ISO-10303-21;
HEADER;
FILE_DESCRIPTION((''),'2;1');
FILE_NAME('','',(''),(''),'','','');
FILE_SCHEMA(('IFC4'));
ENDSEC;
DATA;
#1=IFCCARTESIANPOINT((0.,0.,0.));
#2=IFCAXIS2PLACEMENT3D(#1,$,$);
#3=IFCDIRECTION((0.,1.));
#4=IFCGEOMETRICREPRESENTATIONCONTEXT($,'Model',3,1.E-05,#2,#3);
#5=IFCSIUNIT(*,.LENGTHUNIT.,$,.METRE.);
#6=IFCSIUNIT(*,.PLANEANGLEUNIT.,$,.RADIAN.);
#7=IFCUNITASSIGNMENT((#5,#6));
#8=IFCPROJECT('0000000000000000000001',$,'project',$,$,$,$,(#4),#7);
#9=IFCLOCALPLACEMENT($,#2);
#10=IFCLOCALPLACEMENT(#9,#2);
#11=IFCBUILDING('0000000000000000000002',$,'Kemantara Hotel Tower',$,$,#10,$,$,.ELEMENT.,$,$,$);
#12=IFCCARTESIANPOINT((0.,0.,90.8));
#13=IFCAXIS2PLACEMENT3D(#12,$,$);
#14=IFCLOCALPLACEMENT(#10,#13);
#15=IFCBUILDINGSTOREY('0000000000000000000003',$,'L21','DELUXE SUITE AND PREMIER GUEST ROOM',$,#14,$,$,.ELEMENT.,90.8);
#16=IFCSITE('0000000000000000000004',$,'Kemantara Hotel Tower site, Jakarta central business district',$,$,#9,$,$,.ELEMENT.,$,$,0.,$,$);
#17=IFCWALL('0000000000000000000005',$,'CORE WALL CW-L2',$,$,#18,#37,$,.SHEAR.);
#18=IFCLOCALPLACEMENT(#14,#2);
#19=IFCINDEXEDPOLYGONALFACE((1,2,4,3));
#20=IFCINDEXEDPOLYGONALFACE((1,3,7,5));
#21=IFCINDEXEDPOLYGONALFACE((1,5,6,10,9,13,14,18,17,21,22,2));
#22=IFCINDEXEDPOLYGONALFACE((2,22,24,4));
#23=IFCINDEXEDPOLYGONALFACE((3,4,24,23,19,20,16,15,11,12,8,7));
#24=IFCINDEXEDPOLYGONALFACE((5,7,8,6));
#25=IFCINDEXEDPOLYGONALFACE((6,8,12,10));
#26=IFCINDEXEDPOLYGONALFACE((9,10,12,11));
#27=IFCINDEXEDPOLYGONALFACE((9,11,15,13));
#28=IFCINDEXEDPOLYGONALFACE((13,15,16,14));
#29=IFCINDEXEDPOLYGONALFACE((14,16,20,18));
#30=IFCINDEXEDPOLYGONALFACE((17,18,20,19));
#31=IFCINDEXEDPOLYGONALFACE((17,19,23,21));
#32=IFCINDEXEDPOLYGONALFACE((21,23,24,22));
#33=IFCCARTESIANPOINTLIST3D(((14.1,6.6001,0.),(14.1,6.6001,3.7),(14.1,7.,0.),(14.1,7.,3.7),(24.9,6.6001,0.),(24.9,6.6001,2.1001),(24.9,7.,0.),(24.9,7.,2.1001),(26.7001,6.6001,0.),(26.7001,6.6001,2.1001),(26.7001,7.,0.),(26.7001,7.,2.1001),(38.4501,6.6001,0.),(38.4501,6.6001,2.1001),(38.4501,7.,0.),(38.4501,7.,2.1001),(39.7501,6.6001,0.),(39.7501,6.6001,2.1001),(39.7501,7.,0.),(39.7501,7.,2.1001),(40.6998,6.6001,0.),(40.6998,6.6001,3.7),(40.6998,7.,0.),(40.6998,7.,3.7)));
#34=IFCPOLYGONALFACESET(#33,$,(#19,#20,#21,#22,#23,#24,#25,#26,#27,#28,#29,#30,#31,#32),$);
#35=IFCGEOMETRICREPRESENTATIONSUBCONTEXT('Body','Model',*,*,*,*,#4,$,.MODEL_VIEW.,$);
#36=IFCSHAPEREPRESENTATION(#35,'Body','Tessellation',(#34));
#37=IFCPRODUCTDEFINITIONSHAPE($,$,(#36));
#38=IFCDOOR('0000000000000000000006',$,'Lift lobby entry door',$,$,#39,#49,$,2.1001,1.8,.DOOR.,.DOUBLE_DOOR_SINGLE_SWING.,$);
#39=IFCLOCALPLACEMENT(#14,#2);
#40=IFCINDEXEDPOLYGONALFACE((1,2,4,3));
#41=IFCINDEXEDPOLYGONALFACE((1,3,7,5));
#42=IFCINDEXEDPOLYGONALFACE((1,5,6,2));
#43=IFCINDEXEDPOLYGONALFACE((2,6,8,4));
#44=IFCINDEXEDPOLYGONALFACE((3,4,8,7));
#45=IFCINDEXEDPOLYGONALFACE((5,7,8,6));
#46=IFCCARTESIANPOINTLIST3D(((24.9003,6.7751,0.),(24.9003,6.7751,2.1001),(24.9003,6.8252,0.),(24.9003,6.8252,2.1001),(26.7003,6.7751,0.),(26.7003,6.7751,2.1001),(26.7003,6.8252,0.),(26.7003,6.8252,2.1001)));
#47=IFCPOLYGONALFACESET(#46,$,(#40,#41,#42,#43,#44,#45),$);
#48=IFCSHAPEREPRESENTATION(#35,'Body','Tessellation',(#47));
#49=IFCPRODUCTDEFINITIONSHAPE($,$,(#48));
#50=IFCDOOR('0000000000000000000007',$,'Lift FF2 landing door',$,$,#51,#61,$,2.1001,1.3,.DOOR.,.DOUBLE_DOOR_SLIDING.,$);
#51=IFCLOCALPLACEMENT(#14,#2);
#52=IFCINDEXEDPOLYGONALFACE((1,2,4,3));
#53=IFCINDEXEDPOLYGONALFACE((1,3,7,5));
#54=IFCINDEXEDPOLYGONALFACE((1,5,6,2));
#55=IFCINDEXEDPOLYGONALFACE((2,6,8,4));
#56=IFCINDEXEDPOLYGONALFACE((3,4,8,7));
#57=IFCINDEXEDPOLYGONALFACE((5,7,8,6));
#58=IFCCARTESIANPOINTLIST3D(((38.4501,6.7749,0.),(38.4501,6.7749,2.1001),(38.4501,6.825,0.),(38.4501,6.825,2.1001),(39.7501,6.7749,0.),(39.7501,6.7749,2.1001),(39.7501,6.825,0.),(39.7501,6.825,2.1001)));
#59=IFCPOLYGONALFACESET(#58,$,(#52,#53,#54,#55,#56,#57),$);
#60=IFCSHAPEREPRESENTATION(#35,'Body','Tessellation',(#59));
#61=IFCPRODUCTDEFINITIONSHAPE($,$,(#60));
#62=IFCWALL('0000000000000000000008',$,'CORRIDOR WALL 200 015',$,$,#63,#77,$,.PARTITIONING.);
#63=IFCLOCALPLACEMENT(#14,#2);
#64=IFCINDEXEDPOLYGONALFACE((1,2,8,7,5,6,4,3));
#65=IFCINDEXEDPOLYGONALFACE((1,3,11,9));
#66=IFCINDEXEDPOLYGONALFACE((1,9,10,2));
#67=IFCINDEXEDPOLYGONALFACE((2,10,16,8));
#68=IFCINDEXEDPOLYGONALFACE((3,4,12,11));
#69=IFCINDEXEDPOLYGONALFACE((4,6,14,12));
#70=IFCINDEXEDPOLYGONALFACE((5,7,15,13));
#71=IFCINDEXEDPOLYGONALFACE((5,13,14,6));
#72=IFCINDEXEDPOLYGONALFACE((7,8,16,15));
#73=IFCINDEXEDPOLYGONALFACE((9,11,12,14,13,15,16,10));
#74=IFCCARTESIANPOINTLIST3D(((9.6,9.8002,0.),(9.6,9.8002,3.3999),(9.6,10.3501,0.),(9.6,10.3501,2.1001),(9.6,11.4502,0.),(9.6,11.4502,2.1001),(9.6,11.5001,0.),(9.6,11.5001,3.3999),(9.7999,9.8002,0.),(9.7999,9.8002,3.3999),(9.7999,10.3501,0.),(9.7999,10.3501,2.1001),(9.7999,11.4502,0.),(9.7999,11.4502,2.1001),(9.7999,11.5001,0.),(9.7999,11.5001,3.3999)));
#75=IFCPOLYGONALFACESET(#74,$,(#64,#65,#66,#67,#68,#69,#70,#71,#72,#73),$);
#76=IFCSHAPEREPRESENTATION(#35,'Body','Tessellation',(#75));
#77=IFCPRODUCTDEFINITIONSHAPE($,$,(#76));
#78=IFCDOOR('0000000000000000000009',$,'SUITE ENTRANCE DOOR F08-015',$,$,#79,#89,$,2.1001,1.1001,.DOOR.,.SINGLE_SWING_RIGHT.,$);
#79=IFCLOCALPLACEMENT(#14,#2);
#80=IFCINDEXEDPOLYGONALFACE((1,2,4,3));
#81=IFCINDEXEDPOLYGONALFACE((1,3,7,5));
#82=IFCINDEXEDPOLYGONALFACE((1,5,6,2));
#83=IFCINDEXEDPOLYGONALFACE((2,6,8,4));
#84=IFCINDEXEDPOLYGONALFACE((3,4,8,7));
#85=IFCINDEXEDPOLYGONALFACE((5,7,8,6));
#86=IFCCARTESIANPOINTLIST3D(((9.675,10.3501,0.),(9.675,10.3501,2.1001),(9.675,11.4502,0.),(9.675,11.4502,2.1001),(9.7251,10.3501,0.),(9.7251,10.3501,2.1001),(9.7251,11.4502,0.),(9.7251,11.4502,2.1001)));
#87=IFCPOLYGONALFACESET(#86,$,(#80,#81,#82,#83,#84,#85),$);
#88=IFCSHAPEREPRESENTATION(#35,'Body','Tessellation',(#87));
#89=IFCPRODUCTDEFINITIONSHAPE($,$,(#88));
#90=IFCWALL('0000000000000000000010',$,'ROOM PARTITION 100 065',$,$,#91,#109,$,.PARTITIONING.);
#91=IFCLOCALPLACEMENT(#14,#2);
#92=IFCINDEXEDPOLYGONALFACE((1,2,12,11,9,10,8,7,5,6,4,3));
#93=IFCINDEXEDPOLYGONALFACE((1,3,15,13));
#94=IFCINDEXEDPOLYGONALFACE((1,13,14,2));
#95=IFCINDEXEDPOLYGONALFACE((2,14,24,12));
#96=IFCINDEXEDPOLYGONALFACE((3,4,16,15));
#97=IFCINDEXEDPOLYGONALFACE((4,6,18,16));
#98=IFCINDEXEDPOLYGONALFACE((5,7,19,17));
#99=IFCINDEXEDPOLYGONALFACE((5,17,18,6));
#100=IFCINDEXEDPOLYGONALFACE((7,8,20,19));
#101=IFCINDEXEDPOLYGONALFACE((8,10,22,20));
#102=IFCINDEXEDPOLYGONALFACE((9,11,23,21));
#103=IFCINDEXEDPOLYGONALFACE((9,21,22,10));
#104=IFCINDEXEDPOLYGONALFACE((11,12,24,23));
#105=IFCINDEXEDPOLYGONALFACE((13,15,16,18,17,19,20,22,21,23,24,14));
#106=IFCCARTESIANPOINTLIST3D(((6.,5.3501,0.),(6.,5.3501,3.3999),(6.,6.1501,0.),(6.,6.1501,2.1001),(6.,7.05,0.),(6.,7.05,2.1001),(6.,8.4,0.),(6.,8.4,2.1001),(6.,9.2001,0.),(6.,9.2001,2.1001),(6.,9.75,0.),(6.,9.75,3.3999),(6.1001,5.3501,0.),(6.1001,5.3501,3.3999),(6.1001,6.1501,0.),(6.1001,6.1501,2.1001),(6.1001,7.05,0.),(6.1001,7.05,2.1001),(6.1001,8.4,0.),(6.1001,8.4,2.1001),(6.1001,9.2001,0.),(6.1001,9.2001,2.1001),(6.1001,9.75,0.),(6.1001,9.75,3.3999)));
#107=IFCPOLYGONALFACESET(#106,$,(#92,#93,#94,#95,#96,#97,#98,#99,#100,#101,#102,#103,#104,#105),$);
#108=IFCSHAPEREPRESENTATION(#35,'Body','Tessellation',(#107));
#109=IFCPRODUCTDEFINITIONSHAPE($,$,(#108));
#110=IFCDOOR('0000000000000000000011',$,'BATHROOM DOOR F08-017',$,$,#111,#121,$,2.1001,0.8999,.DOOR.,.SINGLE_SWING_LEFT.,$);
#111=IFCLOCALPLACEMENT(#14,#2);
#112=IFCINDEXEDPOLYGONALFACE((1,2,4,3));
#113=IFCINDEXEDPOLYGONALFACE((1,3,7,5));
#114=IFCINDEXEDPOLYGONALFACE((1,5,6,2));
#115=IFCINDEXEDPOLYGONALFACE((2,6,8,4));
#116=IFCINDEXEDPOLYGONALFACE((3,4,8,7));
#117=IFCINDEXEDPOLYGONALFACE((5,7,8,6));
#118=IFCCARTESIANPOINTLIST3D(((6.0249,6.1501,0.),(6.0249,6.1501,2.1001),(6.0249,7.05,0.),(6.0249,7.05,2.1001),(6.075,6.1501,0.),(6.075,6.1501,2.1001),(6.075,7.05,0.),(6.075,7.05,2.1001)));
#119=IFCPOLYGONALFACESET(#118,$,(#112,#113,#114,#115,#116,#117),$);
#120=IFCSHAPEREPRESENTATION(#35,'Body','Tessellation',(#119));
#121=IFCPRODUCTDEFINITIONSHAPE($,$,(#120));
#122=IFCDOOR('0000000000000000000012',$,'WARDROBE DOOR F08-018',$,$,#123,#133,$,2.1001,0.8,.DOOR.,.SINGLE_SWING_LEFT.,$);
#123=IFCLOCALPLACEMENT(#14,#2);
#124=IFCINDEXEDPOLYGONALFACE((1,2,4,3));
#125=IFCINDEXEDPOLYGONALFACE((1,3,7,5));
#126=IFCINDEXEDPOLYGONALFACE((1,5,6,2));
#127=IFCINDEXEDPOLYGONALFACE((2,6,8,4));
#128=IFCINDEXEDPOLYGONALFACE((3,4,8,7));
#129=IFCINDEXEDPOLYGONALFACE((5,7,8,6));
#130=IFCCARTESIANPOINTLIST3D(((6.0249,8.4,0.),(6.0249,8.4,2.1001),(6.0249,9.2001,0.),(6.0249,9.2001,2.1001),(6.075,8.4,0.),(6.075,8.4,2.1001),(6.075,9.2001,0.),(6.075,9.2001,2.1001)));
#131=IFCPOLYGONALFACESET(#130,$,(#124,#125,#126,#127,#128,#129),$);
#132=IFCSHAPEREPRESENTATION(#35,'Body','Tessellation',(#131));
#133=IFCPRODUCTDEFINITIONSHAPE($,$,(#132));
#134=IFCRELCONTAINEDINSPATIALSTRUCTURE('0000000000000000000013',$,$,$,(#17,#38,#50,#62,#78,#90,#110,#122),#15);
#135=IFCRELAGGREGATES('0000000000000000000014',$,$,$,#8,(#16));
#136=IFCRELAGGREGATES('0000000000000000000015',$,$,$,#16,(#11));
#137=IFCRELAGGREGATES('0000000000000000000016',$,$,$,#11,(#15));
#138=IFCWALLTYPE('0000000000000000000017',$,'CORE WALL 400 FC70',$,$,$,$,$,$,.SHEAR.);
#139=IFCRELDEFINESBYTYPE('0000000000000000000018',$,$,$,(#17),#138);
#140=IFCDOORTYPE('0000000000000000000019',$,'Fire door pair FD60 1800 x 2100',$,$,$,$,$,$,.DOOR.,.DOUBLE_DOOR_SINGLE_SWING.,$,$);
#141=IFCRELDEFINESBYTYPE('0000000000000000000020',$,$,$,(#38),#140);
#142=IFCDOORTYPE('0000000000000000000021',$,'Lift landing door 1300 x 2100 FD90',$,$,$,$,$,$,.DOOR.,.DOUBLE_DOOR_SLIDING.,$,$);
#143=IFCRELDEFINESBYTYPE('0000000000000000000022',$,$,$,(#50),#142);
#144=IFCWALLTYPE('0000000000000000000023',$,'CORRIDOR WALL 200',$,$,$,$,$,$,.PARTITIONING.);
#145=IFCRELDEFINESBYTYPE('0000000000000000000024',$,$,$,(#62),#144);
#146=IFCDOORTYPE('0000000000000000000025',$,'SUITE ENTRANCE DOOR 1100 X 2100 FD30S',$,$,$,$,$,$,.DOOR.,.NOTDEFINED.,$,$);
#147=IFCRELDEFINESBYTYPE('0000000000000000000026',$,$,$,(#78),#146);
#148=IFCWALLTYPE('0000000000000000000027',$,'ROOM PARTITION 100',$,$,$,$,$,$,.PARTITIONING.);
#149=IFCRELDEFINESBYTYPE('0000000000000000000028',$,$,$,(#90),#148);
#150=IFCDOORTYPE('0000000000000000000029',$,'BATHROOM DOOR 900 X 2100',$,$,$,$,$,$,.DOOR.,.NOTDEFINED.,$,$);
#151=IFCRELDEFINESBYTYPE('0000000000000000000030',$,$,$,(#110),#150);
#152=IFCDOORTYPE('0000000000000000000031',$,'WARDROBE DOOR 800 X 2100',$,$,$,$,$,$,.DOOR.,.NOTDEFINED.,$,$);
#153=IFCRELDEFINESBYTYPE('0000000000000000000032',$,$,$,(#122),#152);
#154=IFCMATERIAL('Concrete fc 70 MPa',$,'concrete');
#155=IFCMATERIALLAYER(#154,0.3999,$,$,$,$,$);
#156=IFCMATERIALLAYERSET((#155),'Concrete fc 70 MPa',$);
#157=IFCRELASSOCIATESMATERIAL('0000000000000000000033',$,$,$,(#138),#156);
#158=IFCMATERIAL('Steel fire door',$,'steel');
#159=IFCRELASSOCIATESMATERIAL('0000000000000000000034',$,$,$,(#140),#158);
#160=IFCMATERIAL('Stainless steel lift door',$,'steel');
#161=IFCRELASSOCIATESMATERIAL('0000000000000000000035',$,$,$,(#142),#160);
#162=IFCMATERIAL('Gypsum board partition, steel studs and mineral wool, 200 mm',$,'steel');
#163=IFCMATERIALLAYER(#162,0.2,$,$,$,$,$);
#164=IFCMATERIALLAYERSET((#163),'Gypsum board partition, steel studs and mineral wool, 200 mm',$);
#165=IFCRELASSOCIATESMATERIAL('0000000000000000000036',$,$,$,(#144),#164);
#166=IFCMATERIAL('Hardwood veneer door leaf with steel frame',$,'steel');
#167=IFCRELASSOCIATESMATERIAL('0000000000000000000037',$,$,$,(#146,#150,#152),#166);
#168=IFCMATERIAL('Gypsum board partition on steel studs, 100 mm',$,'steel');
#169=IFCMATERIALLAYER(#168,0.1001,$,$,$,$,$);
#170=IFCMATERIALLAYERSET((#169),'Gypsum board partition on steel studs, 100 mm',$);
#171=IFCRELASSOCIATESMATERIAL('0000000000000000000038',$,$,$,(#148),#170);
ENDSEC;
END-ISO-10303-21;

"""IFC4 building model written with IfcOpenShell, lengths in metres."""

from ifc_helpers import new_model, si_unit, direction, frame, frame_2d, origin, place, context, subcontext, project, spatial, rectangle, extrude, material, layer, layer_set, type_object, element, fill, save


model = new_model("IFC4")

# Units and contexts
model_context = context("Model", 3, precision=1e-05, world=origin(), true_north=direction((0.0, 1.0)))
body_context = subcontext(model_context, "Body", "Model", "MODEL_VIEW")
ifc_project = project(units=[si_unit("LENGTHUNIT", "METRE"), si_unit("PLANEANGLEUNIT", "RADIAN")], contexts=[model_context])

# Site, building, storey
site_placement = place(None, origin())
site = spatial("IfcSite", under=ifc_project, at=site_placement, Name="Kemantara Hotel Tower site, Jakarta central business district", CompositionType="ELEMENT", RefElevation=0.0)
building_placement = place(site_placement, origin())
building = spatial("IfcBuilding", under=site, at=building_placement, Name="Kemantara Hotel Tower", CompositionType="ELEMENT")
storey_placement = place(building_placement, frame((0.0, 0.0, 90.8)))
storey = spatial("IfcBuildingStorey", under=building, at=storey_placement, Name="L21", Description="DELUXE SUITE AND PREMIER GUEST ROOM", CompositionType="ELEMENT", Elevation=90.8)

# Shared definitions
ifc_material_1 = material(Name="Concrete fc 70 MPa", Category="concrete")

# Shared definitions
ifc_layer_1 = layer(ifc_material_1, 0.3999)
ifc_layer_set_1 = layer_set([ifc_layer_1], Name="Concrete fc 70 MPa")
wall_type_1 = type_object("IfcWallType", Name="CORE WALL 400 FC70", PredefinedType="SHEAR", material=ifc_layer_set_1)
ifc_material_2 = material(Name="Steel fire door", Category="steel")

# Wall, openings, doors
wall_1_placement = place(storey_placement, frame((14.1001, 6.8, 0.0), z_axis=(0.0, 0.0, 1.0), x_axis=(1.0, 0.0, 0.0)))
wall_1 = element("IfcWall", 1, at=wall_1_placement, inside=storey, type_object=wall_type_1, Name="CORE WALL CW-L2", PredefinedType="SHEAR", context=body_context, shape_type="SweptSolid", body=[
    extrude(rectangle(XDim=26.5999, YDim=0.3999, at=frame_2d((13.2998, 0.0))), origin(), (0.0, 0.0, 1.0), 3.7),
])
opening_1_placement = place(wall_1_placement, frame((10.8, 0.0, 0.0)))
opening_1 = element("IfcOpeningElement", 2, at=opening_1_placement, cuts=wall_1, PredefinedType="OPENING", context=body_context, shape_type="SweptSolid", body=[
    extrude(rectangle(XDim=1.8, YDim=2.1001, at=frame_2d((0.8999, 1.05))), frame((0.0, 0.21, 0.0), z_axis=(0.0, -1.0, 0.0), x_axis=(1.0, 0.0, 0.0)), (0.0, 0.0, 1.0), 0.4199),
])
opening_2_placement = place(wall_1_placement, frame((24.3501, 0.0, 0.0)))
opening_2 = element("IfcOpeningElement", 3, at=opening_2_placement, cuts=wall_1, PredefinedType="OPENING", context=body_context, shape_type="SweptSolid", body=[
    extrude(rectangle(XDim=1.3, YDim=2.1001, at=frame_2d((0.6499, 1.05))), frame((0.0, 0.21, 0.0), z_axis=(0.0, -1.0, 0.0), x_axis=(1.0, 0.0, 0.0)), (0.0, 0.0, 1.0), 0.4199),
])
door_type_1 = type_object("IfcDoorType", Name="Fire door pair FD60 1800 x 2100", OperationType="DOUBLE_DOOR_SINGLE_SWING", PredefinedType="DOOR", material=ifc_material_2)
door_1_placement = place(opening_1_placement, frame((1.8, 0.0, 0.0), z_axis=(0.0, 0.0, 1.0), x_axis=(-1.0, 0.0, 0.0)))
door_1 = element("IfcDoor", 4, at=door_1_placement, inside=storey, type_object=door_type_1, Name="Lift lobby entry door", OperationType="DOUBLE_DOOR_SINGLE_SWING", OverallHeight=2.1001, OverallWidth=1.8, PredefinedType="DOOR", context=body_context, shape_type="SweptSolid", body=[
    extrude(rectangle(XDim=1.8, YDim=2.1001, at=frame_2d((0.8999, 1.05))), frame((0.0, 0.0249, 0.0), z_axis=(0.0, -1.0, 0.0), x_axis=(1.0, 0.0, 0.0)), (0.0, 0.0, 1.0), 0.05),
])
fill(opening_1, door_1)
ifc_material_3 = material(Name="Stainless steel lift door", Category="steel")
door_type_2 = type_object("IfcDoorType", Name="Lift landing door 1300 x 2100 FD90", OperationType="DOUBLE_DOOR_SLIDING", PredefinedType="DOOR", material=ifc_material_3)
door_2_placement = place(opening_2_placement, origin())
door_2 = element("IfcDoor", 5, at=door_2_placement, inside=storey, type_object=door_type_2, Name="Lift FF2 landing door", OperationType="DOUBLE_DOOR_SLIDING", OverallHeight=2.1001, OverallWidth=1.3, PredefinedType="DOOR", context=body_context, shape_type="SweptSolid", body=[
    extrude(rectangle(XDim=1.3, YDim=2.1001, at=frame_2d((0.6499, 1.05))), frame((0.0, 0.0249, 0.0), z_axis=(0.0, -1.0, 0.0), x_axis=(1.0, 0.0, 0.0)), (0.0, 0.0, 1.0), 0.05),
])
fill(opening_2, door_2)

# Wall, opening, door
ifc_material_4 = material(Name="Gypsum board partition, steel studs and mineral wool, 200 mm", Category="steel")
ifc_layer_2 = layer(ifc_material_4, 0.2)
ifc_layer_set_2 = layer_set([ifc_layer_2], Name="Gypsum board partition, steel studs and mineral wool, 200 mm")
wall_type_2 = type_object("IfcWallType", Name="CORRIDOR WALL 200", PredefinedType="PARTITIONING", material=ifc_layer_set_2)
wall_2_placement = place(storey_placement, frame((9.7, 9.8, 0.0), z_axis=(0.0, 0.0, 1.0), x_axis=(0.0, 1.0, 0.0)))
wall_2 = element("IfcWall", 6, at=wall_2_placement, inside=storey, type_object=wall_type_2, Name="CORRIDOR WALL 200 015", PredefinedType="PARTITIONING", context=body_context, shape_type="SweptSolid", body=[
    extrude(rectangle(XDim=1.7, YDim=0.2, at=frame_2d((0.8501, 0.0))), origin(), (0.0, 0.0, 1.0), 3.3999),
])
opening_3_placement = place(wall_2_placement, frame((0.55, 0.0, 0.0)))
opening_3 = element("IfcOpeningElement", 7, at=opening_3_placement, cuts=wall_2, PredefinedType="OPENING", context=body_context, shape_type="SweptSolid", body=[
    extrude(rectangle(XDim=1.1001, YDim=2.1001, at=frame_2d((0.55, 1.05))), frame((0.0, 0.1099, 0.0), z_axis=(0.0, -1.0, 0.0), x_axis=(1.0, 0.0, 0.0)), (0.0, 0.0, 1.0), 0.22),
])
ifc_material_5 = material(Name="Hardwood veneer door leaf with steel frame", Category="steel")
door_type_3 = type_object("IfcDoorType", Name="SUITE ENTRANCE DOOR 1100 X 2100 FD30S", OperationType="NOTDEFINED", PredefinedType="DOOR", material=ifc_material_5)
door_3_placement = place(opening_3_placement, origin())
door_3 = element("IfcDoor", 8, at=door_3_placement, inside=storey, type_object=door_type_3, Name="SUITE ENTRANCE DOOR F08-015", OperationType="SINGLE_SWING_RIGHT", OverallHeight=2.1001, OverallWidth=1.1001, PredefinedType="DOOR", context=body_context, shape_type="SweptSolid", body=[
    extrude(rectangle(XDim=1.1001, YDim=2.1001, at=frame_2d((0.55, 1.05))), frame((0.0, 0.0249, 0.0), z_axis=(0.0, -1.0, 0.0), x_axis=(1.0, 0.0, 0.0)), (0.0, 0.0, 1.0), 0.05),
])
fill(opening_3, door_3)

# Wall, openings, doors
ifc_material_6 = material(Name="Gypsum board partition on steel studs, 100 mm", Category="steel")
ifc_layer_3 = layer(ifc_material_6, 0.1001)
ifc_layer_set_3 = layer_set([ifc_layer_3], Name="Gypsum board partition on steel studs, 100 mm")
wall_type_3 = type_object("IfcWallType", Name="ROOM PARTITION 100", PredefinedType="PARTITIONING", material=ifc_layer_set_3)
wall_3_placement = place(storey_placement, frame((6.05, 9.75, 0.0), z_axis=(0.0, 0.0, 1.0), x_axis=(0.0, -1.0, 0.0)))
wall_3 = element("IfcWall", 9, at=wall_3_placement, inside=storey, type_object=wall_type_3, Name="ROOM PARTITION 100 065", PredefinedType="PARTITIONING", context=body_context, shape_type="SweptSolid", body=[
    extrude(rectangle(XDim=4.3999, YDim=0.1001, at=frame_2d((2.2, 0.0))), origin(), (0.0, 0.0, 1.0), 3.3999),
])
opening_4_placement = place(wall_3_placement, frame((2.7, 0.0, 0.0)))
opening_4 = element("IfcOpeningElement", 10, at=opening_4_placement, cuts=wall_3, PredefinedType="OPENING", context=body_context, shape_type="SweptSolid", body=[
    extrude(rectangle(XDim=0.8999, YDim=2.1001, at=frame_2d((0.45, 1.05))), frame((0.0, 0.0601, 0.0), z_axis=(0.0, -1.0, 0.0), x_axis=(1.0, 0.0, 0.0)), (0.0, 0.0, 1.0), 0.1201),
])
opening_5_placement = place(wall_3_placement, frame((0.55, 0.0, 0.0)))
opening_5 = element("IfcOpeningElement", 11, at=opening_5_placement, cuts=wall_3, PredefinedType="OPENING", context=body_context, shape_type="SweptSolid", body=[
    extrude(rectangle(XDim=0.8, YDim=2.1001, at=frame_2d((0.3999, 1.05))), frame((0.0, 0.0601, 0.0), z_axis=(0.0, -1.0, 0.0), x_axis=(1.0, 0.0, 0.0)), (0.0, 0.0, 1.0), 0.1201),
])
door_type_4 = type_object("IfcDoorType", Name="BATHROOM DOOR 900 X 2100", OperationType="NOTDEFINED", PredefinedType="DOOR", material=ifc_material_5)
door_4_placement = place(opening_4_placement, origin())
door_4 = element("IfcDoor", 12, at=door_4_placement, inside=storey, type_object=door_type_4, Name="BATHROOM DOOR F08-017", OperationType="SINGLE_SWING_LEFT", OverallHeight=2.1001, OverallWidth=0.8999, PredefinedType="DOOR", context=body_context, shape_type="SweptSolid", body=[
    extrude(rectangle(XDim=0.8999, YDim=2.1001, at=frame_2d((0.45, 1.05))), frame((0.0, 0.0249, 0.0), z_axis=(0.0, -1.0, 0.0), x_axis=(1.0, 0.0, 0.0)), (0.0, 0.0, 1.0), 0.05),
])
fill(opening_4, door_4)
door_type_5 = type_object("IfcDoorType", Name="WARDROBE DOOR 800 X 2100", OperationType="NOTDEFINED", PredefinedType="DOOR", material=ifc_material_5)
door_5_placement = place(opening_5_placement, origin())
door_5 = element("IfcDoor", 13, at=door_5_placement, inside=storey, type_object=door_type_5, Name="WARDROBE DOOR F08-018", OperationType="SINGLE_SWING_LEFT", OverallHeight=2.1001, OverallWidth=0.8, PredefinedType="DOOR", context=body_context, shape_type="SweptSolid", body=[
    extrude(rectangle(XDim=0.8, YDim=2.1001, at=frame_2d((0.3999, 1.05))), frame((0.0, 0.0249, 0.0), z_axis=(0.0, -1.0, 0.0), x_axis=(1.0, 0.0, 0.0)), (0.0, 0.0, 1.0), 0.05),
])
fill(opening_5, door_5)

save(model, "model.ifc")
